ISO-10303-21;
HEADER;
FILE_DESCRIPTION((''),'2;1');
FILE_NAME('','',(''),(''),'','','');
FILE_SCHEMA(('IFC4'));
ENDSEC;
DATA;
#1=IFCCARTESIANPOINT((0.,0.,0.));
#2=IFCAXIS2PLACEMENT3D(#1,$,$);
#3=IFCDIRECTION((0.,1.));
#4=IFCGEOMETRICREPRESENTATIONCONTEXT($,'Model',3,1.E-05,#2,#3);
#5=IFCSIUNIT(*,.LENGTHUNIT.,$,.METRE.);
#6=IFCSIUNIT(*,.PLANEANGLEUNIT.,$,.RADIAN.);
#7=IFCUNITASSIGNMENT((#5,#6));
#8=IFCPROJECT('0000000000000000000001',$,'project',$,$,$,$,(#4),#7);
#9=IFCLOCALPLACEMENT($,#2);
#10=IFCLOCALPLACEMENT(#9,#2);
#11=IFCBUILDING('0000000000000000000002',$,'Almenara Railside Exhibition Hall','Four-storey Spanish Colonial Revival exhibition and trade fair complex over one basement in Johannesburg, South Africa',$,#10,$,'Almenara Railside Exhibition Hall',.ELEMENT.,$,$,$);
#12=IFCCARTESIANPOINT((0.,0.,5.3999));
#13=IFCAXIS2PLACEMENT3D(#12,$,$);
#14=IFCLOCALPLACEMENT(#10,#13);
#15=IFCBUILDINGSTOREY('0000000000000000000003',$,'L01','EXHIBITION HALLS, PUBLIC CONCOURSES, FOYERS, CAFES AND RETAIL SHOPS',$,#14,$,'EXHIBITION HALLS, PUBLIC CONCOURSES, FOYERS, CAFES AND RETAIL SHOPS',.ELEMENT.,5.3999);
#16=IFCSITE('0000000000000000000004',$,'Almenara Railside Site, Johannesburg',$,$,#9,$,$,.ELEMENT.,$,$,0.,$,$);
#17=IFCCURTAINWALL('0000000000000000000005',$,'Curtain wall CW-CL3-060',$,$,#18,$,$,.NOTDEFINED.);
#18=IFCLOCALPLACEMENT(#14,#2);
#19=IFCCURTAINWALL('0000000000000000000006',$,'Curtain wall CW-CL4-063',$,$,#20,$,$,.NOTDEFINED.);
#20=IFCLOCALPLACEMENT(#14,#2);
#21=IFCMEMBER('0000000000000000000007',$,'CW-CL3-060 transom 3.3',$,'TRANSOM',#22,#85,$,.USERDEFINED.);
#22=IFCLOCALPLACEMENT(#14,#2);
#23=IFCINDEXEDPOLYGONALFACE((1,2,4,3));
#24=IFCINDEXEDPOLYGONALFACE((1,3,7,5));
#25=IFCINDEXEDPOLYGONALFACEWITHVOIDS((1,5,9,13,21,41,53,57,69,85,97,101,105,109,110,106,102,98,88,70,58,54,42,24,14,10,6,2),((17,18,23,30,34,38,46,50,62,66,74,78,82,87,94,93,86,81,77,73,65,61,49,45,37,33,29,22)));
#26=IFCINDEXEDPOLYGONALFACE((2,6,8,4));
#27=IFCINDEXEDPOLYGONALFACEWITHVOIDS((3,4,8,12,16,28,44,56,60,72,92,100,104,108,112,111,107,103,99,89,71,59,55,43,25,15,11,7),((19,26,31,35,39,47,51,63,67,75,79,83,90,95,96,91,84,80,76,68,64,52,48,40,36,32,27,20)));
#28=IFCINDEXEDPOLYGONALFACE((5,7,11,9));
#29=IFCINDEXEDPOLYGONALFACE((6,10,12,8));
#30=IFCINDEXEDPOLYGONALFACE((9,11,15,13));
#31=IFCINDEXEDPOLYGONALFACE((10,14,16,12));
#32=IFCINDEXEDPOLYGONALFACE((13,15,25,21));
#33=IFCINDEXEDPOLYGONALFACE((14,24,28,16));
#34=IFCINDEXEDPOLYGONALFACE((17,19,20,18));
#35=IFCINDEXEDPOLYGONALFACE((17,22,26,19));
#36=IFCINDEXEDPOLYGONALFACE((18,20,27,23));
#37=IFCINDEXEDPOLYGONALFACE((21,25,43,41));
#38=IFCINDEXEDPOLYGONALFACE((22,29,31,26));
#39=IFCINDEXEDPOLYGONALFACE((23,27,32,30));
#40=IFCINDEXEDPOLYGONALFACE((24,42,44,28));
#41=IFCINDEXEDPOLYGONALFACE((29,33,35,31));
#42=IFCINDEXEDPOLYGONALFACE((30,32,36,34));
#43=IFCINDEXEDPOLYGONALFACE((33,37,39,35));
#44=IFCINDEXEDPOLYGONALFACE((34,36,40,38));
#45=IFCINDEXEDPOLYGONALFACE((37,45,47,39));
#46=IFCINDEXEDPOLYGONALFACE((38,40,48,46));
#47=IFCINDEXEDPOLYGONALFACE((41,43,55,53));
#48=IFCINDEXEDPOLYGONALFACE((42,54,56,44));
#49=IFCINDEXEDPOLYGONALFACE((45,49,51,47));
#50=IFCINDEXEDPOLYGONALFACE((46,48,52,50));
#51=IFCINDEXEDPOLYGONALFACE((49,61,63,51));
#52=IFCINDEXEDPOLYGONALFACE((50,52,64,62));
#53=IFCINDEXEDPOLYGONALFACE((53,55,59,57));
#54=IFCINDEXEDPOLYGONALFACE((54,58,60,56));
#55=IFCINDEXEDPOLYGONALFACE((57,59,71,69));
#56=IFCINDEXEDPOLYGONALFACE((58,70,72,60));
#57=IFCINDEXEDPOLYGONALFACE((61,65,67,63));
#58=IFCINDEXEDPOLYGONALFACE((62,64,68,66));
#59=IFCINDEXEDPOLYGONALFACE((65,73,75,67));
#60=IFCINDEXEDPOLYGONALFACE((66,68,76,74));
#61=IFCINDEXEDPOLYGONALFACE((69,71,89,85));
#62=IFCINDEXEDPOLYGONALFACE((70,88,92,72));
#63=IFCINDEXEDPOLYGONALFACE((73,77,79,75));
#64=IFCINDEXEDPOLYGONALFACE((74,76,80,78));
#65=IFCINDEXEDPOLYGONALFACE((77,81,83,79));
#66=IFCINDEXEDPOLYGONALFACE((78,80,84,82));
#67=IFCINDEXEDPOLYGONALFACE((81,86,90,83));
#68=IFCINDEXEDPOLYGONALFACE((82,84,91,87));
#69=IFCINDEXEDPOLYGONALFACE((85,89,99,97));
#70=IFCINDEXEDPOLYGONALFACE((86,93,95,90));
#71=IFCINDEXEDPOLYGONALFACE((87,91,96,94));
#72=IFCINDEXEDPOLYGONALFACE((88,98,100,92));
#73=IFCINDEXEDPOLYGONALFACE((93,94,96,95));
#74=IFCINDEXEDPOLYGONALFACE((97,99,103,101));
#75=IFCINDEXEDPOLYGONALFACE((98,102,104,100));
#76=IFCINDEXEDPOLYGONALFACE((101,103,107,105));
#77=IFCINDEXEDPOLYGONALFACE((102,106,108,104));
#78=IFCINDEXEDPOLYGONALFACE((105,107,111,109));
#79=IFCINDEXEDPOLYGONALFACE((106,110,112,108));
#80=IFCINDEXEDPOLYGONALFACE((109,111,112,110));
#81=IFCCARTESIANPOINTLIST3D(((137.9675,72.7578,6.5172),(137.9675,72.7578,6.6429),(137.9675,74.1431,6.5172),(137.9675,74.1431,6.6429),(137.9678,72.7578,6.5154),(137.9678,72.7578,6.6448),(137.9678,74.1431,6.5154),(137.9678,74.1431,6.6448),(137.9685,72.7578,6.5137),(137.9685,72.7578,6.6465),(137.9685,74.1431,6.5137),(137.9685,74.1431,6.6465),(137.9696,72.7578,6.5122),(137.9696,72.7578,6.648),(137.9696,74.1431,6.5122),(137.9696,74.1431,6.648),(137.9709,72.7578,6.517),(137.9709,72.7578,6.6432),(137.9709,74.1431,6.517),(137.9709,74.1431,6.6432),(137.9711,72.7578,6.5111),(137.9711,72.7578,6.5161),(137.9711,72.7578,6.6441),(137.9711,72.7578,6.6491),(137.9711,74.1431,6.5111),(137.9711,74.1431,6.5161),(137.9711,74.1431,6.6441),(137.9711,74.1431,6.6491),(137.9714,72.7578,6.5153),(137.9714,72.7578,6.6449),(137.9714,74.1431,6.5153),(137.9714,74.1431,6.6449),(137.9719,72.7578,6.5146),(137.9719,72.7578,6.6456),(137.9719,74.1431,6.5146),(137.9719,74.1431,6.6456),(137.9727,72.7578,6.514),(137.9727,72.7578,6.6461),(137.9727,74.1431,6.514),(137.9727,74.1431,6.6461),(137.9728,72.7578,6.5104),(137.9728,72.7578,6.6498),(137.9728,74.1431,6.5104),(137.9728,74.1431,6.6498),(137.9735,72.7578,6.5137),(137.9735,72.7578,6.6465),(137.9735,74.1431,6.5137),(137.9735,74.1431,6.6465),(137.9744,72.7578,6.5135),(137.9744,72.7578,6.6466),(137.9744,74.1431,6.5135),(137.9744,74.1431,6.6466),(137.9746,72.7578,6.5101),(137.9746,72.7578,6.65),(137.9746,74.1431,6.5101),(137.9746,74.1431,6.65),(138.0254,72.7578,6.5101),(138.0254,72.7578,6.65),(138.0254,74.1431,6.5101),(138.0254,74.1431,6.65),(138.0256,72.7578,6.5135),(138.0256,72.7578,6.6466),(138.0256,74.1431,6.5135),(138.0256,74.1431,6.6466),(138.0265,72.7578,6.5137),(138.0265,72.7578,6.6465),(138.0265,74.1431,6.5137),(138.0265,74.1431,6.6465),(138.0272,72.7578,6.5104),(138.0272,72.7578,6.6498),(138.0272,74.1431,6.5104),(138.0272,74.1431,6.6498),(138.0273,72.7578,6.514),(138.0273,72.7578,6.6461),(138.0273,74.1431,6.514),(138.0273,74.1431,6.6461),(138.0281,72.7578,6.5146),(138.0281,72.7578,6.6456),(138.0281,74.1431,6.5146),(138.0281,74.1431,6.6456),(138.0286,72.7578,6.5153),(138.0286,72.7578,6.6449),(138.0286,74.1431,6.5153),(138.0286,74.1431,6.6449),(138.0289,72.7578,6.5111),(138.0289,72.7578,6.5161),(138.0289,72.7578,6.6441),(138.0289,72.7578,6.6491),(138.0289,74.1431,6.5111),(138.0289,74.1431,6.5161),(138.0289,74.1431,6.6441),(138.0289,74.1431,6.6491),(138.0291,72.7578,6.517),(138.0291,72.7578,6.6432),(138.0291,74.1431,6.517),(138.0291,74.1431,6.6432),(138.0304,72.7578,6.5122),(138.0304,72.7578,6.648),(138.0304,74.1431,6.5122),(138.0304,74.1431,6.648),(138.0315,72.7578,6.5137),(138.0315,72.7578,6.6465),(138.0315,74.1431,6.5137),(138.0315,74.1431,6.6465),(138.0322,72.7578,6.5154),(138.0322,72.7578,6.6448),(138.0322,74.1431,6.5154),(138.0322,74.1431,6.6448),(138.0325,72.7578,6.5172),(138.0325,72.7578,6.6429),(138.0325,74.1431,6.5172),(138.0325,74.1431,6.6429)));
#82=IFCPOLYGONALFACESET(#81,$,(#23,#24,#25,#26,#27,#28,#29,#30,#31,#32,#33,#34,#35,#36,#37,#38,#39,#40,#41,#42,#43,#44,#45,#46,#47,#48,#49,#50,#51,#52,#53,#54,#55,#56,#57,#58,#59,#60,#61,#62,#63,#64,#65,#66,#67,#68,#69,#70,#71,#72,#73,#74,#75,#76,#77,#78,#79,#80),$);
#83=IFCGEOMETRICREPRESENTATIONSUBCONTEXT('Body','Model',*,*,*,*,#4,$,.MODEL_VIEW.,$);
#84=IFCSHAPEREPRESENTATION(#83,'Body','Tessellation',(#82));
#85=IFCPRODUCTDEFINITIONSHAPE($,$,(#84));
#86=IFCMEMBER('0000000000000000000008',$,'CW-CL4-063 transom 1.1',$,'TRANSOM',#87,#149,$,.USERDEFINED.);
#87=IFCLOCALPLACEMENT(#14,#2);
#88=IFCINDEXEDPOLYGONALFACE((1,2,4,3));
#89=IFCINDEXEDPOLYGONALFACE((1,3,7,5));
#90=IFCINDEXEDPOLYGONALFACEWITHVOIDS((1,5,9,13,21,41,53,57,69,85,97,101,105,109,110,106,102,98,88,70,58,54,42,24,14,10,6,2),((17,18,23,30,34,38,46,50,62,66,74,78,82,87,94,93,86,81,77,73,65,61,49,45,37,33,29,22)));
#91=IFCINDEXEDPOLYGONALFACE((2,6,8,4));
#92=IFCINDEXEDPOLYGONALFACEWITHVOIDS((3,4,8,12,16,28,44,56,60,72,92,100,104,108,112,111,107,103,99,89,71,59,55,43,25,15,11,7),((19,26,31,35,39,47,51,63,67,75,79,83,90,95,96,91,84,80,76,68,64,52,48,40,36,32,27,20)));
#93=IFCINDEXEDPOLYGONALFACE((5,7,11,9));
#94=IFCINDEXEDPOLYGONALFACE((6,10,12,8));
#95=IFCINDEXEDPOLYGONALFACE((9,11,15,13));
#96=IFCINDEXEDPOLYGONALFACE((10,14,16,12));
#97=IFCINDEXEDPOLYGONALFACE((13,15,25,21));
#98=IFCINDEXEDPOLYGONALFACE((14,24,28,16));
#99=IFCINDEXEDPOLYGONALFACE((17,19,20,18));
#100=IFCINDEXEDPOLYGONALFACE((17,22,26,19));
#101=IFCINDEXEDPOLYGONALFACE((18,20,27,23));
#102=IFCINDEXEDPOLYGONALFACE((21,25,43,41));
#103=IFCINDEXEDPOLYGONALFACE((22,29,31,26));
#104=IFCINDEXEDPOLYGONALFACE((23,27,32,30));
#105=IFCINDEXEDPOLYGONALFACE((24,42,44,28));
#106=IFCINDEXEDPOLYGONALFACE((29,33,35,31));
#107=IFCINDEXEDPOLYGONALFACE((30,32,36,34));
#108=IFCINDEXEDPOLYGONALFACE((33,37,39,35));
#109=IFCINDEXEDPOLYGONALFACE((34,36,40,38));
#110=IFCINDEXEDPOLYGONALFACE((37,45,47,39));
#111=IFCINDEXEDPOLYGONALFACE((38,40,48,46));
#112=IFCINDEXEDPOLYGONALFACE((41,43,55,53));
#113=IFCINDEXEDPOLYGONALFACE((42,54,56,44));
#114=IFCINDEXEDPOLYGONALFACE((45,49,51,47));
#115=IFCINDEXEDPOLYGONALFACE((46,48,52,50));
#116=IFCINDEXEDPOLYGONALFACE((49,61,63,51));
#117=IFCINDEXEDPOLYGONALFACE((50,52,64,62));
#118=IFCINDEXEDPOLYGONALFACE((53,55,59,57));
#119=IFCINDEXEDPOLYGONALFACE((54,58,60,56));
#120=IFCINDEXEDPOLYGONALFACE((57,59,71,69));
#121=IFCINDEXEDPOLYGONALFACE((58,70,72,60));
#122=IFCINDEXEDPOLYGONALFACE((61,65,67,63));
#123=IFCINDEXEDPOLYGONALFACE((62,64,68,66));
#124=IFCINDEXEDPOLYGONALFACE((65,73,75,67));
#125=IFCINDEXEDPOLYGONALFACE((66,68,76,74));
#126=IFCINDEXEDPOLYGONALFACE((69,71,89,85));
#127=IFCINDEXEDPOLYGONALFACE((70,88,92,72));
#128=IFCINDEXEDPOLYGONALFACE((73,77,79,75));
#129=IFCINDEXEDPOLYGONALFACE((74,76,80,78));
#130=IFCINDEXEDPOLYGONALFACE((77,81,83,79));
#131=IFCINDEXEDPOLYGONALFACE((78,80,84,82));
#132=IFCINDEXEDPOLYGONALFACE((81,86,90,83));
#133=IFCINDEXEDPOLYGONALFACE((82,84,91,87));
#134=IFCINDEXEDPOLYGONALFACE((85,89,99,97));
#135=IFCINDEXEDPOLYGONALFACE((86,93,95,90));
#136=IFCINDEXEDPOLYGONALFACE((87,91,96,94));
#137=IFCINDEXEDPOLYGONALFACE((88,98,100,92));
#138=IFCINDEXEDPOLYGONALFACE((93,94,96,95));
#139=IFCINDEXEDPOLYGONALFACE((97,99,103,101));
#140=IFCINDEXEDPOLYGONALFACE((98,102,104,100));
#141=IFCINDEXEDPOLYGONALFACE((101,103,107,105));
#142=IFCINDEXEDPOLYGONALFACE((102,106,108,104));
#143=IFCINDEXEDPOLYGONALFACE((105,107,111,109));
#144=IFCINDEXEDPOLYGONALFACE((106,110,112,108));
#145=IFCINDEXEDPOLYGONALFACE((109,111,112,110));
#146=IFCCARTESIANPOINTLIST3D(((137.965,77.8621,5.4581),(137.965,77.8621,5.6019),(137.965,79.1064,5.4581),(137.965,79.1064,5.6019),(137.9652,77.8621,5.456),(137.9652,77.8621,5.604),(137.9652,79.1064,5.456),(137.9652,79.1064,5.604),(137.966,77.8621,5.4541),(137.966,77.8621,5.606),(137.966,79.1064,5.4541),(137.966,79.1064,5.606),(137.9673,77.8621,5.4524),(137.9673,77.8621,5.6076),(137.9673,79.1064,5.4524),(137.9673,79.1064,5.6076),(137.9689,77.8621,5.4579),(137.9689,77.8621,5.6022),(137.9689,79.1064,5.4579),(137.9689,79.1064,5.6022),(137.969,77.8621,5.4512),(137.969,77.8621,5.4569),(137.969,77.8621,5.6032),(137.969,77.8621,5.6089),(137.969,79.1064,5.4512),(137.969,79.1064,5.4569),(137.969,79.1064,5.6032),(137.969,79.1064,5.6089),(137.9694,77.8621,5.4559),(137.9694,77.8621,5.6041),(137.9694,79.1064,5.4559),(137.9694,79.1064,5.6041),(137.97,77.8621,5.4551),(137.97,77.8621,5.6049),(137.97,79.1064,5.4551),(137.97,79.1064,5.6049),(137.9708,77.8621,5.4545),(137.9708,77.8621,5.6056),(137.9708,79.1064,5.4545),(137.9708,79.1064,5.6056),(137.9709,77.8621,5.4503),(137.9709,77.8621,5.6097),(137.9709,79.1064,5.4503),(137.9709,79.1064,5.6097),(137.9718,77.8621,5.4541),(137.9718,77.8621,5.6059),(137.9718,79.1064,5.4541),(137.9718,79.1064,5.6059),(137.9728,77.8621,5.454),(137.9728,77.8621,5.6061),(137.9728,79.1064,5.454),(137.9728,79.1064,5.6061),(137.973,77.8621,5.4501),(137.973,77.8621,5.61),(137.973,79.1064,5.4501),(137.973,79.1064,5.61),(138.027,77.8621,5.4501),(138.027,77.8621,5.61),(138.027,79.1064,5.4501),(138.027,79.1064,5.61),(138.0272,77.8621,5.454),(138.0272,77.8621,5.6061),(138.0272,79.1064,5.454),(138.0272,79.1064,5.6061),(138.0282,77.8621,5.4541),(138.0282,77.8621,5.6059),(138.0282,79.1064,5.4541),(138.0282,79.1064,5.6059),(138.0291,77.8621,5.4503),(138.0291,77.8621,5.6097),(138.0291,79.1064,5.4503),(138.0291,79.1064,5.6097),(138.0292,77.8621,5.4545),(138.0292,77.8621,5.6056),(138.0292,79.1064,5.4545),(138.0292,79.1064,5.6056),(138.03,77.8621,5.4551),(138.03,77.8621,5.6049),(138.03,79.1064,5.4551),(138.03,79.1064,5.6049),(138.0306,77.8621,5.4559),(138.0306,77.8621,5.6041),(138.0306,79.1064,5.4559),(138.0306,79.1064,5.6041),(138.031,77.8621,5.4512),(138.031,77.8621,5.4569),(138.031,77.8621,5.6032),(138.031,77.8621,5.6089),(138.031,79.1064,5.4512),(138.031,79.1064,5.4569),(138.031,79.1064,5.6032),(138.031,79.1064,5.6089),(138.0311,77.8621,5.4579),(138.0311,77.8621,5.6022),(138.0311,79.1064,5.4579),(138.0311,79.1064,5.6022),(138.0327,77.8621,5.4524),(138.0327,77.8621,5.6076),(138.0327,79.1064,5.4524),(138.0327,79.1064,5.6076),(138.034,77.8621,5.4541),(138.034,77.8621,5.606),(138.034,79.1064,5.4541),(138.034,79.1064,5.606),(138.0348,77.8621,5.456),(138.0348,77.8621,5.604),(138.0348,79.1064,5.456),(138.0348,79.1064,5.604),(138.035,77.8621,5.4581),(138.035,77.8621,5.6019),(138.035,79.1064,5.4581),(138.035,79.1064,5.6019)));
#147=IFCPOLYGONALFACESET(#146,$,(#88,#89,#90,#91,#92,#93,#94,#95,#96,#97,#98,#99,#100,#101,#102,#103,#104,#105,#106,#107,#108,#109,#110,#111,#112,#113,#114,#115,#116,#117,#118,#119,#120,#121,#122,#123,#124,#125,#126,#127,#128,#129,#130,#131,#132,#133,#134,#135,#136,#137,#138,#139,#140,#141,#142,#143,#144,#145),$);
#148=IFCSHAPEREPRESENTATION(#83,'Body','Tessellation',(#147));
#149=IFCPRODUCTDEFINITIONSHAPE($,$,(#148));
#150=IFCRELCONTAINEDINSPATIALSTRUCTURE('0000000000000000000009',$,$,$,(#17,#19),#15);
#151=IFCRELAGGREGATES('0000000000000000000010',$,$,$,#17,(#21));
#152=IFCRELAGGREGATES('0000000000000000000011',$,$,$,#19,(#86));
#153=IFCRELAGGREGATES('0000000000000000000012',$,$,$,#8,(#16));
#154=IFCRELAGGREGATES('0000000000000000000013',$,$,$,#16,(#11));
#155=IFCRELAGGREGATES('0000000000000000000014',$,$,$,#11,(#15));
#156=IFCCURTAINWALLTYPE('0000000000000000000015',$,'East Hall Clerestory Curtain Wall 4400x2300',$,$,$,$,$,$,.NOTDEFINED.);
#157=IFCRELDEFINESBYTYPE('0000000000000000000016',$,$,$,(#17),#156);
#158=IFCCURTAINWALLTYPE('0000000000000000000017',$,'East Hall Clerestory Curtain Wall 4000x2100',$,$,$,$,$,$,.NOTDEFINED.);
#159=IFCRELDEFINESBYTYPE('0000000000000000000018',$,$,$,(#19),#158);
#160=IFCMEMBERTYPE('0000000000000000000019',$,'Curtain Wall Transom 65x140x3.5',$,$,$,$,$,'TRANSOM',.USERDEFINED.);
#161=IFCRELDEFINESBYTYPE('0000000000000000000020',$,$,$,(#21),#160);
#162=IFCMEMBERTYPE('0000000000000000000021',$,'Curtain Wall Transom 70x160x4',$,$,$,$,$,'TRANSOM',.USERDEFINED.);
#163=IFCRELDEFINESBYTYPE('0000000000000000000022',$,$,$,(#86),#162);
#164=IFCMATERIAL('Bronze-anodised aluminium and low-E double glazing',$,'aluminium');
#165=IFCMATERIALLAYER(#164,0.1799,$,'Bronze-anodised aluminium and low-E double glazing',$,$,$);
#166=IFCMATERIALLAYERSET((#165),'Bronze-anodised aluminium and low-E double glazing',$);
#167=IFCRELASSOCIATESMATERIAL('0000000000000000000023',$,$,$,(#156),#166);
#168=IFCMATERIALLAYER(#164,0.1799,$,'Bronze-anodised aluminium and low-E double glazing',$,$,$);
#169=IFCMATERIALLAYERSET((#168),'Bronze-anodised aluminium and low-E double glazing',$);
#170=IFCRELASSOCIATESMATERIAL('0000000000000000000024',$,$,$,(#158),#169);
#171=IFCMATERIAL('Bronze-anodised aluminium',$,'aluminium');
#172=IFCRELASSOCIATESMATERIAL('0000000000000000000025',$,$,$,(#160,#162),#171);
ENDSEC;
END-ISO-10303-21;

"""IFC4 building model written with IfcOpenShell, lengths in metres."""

from ifc_helpers import new_model, si_unit, direction, frame, origin, origin_2d, place, context, subcontext, project, spatial, hollow_rectangle, extrude, material, layer, layer_set, material_profile, profile_set, type_object, element, aggregate, save


model = new_model("IFC4")

# Units and contexts
model_context = context("Model", 3, precision=1e-05, world=origin(), true_north=direction((0.0, 1.0)))
body_context = subcontext(model_context, "Body", "Model", "MODEL_VIEW")
ifc_project = project(units=[si_unit("LENGTHUNIT", "METRE"), si_unit("PLANEANGLEUNIT", "RADIAN")], contexts=[model_context])

# Site, building, storey
site_placement = place(None, origin())
site = spatial("IfcSite", under=ifc_project, at=site_placement, Name="Almenara Railside Site, Johannesburg", CompositionType="ELEMENT", RefElevation=0.0)
building_placement = place(site_placement, origin())
building = spatial("IfcBuilding", under=site, at=building_placement, Name="Almenara Railside Exhibition Hall", Description="Four-storey Spanish Colonial Revival exhibition and trade fair complex over one basement in Johannesburg, South Africa", LongName="Almenara Railside Exhibition Hall", CompositionType="ELEMENT")
storey_placement = place(building_placement, frame((0.0, 0.0, 5.3999)))
storey = spatial("IfcBuildingStorey", under=building, at=storey_placement, Name="L01", Description="EXHIBITION HALLS, PUBLIC CONCOURSES, FOYERS, CAFES AND RETAIL SHOPS", LongName="EXHIBITION HALLS, PUBLIC CONCOURSES, FOYERS, CAFES AND RETAIL SHOPS", CompositionType="ELEMENT", Elevation=5.3999)

# Curtain wall
ifc_material_1 = material(Name="Bronze-anodised aluminium and low-E double glazing", Category="aluminium")
ifc_layer_1 = layer(ifc_material_1, 0.1799, Name="Bronze-anodised aluminium and low-E double glazing")
ifc_layer_set_1 = layer_set([ifc_layer_1], Name="Bronze-anodised aluminium and low-E double glazing")
curtain_wall_type_1 = type_object("IfcCurtainWallType", Name="East Hall Clerestory Curtain Wall 4400x2300", PredefinedType="NOTDEFINED", material=ifc_layer_set_1)
curtain_wall_1_placement = place(storey_placement, origin())
curtain_wall_1 = element("IfcCurtainWall", 1, at=curtain_wall_1_placement, inside=storey, type_object=curtain_wall_type_1, Name="Curtain wall CW-CL3-060", PredefinedType="NOTDEFINED")
ifc_material_2 = material(Name="Bronze-anodised aluminium", Category="aluminium")

# Curtain wall
ifc_layer_2 = layer(ifc_material_1, 0.1799, Name="Bronze-anodised aluminium and low-E double glazing")
ifc_layer_set_2 = layer_set([ifc_layer_2], Name="Bronze-anodised aluminium and low-E double glazing")
curtain_wall_type_2 = type_object("IfcCurtainWallType", Name="East Hall Clerestory Curtain Wall 4000x2100", PredefinedType="NOTDEFINED", material=ifc_layer_set_2)
curtain_wall_2_placement = place(storey_placement, origin())
curtain_wall_2 = element("IfcCurtainWall", 2, at=curtain_wall_2_placement, inside=storey, type_object=curtain_wall_type_2, Name="Curtain wall CW-CL4-063", PredefinedType="NOTDEFINED")

# Members
ifc_material_profile_1 = material_profile(ifc_material_2, hollow_rectangle(XDim=0.0649, YDim=0.1399, WallThickness=0.0034, InnerFilletRadius=0.0034, OuterFilletRadius=0.0071, at=origin_2d()), Name="ALU-TRN 65x140x3.5")
ifc_profile_set_1 = profile_set([ifc_material_profile_1], Name="Bronze-anodised aluminium")
member_type_1 = type_object("IfcMemberType", Name="Curtain Wall Transom 65x140x3.5", ElementType="TRANSOM", PredefinedType="USERDEFINED", material=ifc_profile_set_1)
member_1_placement = place(storey_placement, frame((138.0, 72.7578, 6.5801), z_axis=(0.0, 1.0, 0.0), x_axis=(-1.0, 0.0, 0.0)))
member_1 = element("IfcMember", 3, at=member_1_placement, type_object=member_type_1, Name="CW-CL3-060 transom 3.3", ObjectType="TRANSOM", PredefinedType="USERDEFINED", context=body_context, shape_type="SweptSolid", body=[
    extrude(hollow_rectangle(XDim=0.0649, YDim=0.1399, WallThickness=0.0034, InnerFilletRadius=0.0034, OuterFilletRadius=0.0071, at=origin_2d()), origin(), (0.0, 0.0, 1.0), 1.3853),
])
ifc_material_profile_2 = material_profile(ifc_material_2, hollow_rectangle(XDim=0.0701, YDim=0.1599, WallThickness=0.0039, InnerFilletRadius=0.0039, OuterFilletRadius=0.0081, at=origin_2d()), Name="ALU-TRN 70x160x4")
ifc_profile_set_2 = profile_set([ifc_material_profile_2], Name="Bronze-anodised aluminium")
member_type_2 = type_object("IfcMemberType", Name="Curtain Wall Transom 70x160x4", ElementType="TRANSOM", PredefinedType="USERDEFINED", material=ifc_profile_set_2)
member_2_placement = place(storey_placement, frame((138.0, 77.8621, 5.53), z_axis=(0.0, 1.0, 0.0), x_axis=(-1.0, 0.0, 0.0)))
member_2 = element("IfcMember", 4, at=member_2_placement, type_object=member_type_2, Name="CW-CL4-063 transom 1.1", ObjectType="TRANSOM", PredefinedType="USERDEFINED", context=body_context, shape_type="SweptSolid", body=[
    extrude(hollow_rectangle(XDim=0.0701, YDim=0.1599, WallThickness=0.0039, InnerFilletRadius=0.0039, OuterFilletRadius=0.0081, at=origin_2d()), origin(), (0.0, 0.0, 1.0), 1.2444),
])

aggregate(curtain_wall_1, [member_1])
aggregate(curtain_wall_2, [member_2])

save(model, "model.ifc")
